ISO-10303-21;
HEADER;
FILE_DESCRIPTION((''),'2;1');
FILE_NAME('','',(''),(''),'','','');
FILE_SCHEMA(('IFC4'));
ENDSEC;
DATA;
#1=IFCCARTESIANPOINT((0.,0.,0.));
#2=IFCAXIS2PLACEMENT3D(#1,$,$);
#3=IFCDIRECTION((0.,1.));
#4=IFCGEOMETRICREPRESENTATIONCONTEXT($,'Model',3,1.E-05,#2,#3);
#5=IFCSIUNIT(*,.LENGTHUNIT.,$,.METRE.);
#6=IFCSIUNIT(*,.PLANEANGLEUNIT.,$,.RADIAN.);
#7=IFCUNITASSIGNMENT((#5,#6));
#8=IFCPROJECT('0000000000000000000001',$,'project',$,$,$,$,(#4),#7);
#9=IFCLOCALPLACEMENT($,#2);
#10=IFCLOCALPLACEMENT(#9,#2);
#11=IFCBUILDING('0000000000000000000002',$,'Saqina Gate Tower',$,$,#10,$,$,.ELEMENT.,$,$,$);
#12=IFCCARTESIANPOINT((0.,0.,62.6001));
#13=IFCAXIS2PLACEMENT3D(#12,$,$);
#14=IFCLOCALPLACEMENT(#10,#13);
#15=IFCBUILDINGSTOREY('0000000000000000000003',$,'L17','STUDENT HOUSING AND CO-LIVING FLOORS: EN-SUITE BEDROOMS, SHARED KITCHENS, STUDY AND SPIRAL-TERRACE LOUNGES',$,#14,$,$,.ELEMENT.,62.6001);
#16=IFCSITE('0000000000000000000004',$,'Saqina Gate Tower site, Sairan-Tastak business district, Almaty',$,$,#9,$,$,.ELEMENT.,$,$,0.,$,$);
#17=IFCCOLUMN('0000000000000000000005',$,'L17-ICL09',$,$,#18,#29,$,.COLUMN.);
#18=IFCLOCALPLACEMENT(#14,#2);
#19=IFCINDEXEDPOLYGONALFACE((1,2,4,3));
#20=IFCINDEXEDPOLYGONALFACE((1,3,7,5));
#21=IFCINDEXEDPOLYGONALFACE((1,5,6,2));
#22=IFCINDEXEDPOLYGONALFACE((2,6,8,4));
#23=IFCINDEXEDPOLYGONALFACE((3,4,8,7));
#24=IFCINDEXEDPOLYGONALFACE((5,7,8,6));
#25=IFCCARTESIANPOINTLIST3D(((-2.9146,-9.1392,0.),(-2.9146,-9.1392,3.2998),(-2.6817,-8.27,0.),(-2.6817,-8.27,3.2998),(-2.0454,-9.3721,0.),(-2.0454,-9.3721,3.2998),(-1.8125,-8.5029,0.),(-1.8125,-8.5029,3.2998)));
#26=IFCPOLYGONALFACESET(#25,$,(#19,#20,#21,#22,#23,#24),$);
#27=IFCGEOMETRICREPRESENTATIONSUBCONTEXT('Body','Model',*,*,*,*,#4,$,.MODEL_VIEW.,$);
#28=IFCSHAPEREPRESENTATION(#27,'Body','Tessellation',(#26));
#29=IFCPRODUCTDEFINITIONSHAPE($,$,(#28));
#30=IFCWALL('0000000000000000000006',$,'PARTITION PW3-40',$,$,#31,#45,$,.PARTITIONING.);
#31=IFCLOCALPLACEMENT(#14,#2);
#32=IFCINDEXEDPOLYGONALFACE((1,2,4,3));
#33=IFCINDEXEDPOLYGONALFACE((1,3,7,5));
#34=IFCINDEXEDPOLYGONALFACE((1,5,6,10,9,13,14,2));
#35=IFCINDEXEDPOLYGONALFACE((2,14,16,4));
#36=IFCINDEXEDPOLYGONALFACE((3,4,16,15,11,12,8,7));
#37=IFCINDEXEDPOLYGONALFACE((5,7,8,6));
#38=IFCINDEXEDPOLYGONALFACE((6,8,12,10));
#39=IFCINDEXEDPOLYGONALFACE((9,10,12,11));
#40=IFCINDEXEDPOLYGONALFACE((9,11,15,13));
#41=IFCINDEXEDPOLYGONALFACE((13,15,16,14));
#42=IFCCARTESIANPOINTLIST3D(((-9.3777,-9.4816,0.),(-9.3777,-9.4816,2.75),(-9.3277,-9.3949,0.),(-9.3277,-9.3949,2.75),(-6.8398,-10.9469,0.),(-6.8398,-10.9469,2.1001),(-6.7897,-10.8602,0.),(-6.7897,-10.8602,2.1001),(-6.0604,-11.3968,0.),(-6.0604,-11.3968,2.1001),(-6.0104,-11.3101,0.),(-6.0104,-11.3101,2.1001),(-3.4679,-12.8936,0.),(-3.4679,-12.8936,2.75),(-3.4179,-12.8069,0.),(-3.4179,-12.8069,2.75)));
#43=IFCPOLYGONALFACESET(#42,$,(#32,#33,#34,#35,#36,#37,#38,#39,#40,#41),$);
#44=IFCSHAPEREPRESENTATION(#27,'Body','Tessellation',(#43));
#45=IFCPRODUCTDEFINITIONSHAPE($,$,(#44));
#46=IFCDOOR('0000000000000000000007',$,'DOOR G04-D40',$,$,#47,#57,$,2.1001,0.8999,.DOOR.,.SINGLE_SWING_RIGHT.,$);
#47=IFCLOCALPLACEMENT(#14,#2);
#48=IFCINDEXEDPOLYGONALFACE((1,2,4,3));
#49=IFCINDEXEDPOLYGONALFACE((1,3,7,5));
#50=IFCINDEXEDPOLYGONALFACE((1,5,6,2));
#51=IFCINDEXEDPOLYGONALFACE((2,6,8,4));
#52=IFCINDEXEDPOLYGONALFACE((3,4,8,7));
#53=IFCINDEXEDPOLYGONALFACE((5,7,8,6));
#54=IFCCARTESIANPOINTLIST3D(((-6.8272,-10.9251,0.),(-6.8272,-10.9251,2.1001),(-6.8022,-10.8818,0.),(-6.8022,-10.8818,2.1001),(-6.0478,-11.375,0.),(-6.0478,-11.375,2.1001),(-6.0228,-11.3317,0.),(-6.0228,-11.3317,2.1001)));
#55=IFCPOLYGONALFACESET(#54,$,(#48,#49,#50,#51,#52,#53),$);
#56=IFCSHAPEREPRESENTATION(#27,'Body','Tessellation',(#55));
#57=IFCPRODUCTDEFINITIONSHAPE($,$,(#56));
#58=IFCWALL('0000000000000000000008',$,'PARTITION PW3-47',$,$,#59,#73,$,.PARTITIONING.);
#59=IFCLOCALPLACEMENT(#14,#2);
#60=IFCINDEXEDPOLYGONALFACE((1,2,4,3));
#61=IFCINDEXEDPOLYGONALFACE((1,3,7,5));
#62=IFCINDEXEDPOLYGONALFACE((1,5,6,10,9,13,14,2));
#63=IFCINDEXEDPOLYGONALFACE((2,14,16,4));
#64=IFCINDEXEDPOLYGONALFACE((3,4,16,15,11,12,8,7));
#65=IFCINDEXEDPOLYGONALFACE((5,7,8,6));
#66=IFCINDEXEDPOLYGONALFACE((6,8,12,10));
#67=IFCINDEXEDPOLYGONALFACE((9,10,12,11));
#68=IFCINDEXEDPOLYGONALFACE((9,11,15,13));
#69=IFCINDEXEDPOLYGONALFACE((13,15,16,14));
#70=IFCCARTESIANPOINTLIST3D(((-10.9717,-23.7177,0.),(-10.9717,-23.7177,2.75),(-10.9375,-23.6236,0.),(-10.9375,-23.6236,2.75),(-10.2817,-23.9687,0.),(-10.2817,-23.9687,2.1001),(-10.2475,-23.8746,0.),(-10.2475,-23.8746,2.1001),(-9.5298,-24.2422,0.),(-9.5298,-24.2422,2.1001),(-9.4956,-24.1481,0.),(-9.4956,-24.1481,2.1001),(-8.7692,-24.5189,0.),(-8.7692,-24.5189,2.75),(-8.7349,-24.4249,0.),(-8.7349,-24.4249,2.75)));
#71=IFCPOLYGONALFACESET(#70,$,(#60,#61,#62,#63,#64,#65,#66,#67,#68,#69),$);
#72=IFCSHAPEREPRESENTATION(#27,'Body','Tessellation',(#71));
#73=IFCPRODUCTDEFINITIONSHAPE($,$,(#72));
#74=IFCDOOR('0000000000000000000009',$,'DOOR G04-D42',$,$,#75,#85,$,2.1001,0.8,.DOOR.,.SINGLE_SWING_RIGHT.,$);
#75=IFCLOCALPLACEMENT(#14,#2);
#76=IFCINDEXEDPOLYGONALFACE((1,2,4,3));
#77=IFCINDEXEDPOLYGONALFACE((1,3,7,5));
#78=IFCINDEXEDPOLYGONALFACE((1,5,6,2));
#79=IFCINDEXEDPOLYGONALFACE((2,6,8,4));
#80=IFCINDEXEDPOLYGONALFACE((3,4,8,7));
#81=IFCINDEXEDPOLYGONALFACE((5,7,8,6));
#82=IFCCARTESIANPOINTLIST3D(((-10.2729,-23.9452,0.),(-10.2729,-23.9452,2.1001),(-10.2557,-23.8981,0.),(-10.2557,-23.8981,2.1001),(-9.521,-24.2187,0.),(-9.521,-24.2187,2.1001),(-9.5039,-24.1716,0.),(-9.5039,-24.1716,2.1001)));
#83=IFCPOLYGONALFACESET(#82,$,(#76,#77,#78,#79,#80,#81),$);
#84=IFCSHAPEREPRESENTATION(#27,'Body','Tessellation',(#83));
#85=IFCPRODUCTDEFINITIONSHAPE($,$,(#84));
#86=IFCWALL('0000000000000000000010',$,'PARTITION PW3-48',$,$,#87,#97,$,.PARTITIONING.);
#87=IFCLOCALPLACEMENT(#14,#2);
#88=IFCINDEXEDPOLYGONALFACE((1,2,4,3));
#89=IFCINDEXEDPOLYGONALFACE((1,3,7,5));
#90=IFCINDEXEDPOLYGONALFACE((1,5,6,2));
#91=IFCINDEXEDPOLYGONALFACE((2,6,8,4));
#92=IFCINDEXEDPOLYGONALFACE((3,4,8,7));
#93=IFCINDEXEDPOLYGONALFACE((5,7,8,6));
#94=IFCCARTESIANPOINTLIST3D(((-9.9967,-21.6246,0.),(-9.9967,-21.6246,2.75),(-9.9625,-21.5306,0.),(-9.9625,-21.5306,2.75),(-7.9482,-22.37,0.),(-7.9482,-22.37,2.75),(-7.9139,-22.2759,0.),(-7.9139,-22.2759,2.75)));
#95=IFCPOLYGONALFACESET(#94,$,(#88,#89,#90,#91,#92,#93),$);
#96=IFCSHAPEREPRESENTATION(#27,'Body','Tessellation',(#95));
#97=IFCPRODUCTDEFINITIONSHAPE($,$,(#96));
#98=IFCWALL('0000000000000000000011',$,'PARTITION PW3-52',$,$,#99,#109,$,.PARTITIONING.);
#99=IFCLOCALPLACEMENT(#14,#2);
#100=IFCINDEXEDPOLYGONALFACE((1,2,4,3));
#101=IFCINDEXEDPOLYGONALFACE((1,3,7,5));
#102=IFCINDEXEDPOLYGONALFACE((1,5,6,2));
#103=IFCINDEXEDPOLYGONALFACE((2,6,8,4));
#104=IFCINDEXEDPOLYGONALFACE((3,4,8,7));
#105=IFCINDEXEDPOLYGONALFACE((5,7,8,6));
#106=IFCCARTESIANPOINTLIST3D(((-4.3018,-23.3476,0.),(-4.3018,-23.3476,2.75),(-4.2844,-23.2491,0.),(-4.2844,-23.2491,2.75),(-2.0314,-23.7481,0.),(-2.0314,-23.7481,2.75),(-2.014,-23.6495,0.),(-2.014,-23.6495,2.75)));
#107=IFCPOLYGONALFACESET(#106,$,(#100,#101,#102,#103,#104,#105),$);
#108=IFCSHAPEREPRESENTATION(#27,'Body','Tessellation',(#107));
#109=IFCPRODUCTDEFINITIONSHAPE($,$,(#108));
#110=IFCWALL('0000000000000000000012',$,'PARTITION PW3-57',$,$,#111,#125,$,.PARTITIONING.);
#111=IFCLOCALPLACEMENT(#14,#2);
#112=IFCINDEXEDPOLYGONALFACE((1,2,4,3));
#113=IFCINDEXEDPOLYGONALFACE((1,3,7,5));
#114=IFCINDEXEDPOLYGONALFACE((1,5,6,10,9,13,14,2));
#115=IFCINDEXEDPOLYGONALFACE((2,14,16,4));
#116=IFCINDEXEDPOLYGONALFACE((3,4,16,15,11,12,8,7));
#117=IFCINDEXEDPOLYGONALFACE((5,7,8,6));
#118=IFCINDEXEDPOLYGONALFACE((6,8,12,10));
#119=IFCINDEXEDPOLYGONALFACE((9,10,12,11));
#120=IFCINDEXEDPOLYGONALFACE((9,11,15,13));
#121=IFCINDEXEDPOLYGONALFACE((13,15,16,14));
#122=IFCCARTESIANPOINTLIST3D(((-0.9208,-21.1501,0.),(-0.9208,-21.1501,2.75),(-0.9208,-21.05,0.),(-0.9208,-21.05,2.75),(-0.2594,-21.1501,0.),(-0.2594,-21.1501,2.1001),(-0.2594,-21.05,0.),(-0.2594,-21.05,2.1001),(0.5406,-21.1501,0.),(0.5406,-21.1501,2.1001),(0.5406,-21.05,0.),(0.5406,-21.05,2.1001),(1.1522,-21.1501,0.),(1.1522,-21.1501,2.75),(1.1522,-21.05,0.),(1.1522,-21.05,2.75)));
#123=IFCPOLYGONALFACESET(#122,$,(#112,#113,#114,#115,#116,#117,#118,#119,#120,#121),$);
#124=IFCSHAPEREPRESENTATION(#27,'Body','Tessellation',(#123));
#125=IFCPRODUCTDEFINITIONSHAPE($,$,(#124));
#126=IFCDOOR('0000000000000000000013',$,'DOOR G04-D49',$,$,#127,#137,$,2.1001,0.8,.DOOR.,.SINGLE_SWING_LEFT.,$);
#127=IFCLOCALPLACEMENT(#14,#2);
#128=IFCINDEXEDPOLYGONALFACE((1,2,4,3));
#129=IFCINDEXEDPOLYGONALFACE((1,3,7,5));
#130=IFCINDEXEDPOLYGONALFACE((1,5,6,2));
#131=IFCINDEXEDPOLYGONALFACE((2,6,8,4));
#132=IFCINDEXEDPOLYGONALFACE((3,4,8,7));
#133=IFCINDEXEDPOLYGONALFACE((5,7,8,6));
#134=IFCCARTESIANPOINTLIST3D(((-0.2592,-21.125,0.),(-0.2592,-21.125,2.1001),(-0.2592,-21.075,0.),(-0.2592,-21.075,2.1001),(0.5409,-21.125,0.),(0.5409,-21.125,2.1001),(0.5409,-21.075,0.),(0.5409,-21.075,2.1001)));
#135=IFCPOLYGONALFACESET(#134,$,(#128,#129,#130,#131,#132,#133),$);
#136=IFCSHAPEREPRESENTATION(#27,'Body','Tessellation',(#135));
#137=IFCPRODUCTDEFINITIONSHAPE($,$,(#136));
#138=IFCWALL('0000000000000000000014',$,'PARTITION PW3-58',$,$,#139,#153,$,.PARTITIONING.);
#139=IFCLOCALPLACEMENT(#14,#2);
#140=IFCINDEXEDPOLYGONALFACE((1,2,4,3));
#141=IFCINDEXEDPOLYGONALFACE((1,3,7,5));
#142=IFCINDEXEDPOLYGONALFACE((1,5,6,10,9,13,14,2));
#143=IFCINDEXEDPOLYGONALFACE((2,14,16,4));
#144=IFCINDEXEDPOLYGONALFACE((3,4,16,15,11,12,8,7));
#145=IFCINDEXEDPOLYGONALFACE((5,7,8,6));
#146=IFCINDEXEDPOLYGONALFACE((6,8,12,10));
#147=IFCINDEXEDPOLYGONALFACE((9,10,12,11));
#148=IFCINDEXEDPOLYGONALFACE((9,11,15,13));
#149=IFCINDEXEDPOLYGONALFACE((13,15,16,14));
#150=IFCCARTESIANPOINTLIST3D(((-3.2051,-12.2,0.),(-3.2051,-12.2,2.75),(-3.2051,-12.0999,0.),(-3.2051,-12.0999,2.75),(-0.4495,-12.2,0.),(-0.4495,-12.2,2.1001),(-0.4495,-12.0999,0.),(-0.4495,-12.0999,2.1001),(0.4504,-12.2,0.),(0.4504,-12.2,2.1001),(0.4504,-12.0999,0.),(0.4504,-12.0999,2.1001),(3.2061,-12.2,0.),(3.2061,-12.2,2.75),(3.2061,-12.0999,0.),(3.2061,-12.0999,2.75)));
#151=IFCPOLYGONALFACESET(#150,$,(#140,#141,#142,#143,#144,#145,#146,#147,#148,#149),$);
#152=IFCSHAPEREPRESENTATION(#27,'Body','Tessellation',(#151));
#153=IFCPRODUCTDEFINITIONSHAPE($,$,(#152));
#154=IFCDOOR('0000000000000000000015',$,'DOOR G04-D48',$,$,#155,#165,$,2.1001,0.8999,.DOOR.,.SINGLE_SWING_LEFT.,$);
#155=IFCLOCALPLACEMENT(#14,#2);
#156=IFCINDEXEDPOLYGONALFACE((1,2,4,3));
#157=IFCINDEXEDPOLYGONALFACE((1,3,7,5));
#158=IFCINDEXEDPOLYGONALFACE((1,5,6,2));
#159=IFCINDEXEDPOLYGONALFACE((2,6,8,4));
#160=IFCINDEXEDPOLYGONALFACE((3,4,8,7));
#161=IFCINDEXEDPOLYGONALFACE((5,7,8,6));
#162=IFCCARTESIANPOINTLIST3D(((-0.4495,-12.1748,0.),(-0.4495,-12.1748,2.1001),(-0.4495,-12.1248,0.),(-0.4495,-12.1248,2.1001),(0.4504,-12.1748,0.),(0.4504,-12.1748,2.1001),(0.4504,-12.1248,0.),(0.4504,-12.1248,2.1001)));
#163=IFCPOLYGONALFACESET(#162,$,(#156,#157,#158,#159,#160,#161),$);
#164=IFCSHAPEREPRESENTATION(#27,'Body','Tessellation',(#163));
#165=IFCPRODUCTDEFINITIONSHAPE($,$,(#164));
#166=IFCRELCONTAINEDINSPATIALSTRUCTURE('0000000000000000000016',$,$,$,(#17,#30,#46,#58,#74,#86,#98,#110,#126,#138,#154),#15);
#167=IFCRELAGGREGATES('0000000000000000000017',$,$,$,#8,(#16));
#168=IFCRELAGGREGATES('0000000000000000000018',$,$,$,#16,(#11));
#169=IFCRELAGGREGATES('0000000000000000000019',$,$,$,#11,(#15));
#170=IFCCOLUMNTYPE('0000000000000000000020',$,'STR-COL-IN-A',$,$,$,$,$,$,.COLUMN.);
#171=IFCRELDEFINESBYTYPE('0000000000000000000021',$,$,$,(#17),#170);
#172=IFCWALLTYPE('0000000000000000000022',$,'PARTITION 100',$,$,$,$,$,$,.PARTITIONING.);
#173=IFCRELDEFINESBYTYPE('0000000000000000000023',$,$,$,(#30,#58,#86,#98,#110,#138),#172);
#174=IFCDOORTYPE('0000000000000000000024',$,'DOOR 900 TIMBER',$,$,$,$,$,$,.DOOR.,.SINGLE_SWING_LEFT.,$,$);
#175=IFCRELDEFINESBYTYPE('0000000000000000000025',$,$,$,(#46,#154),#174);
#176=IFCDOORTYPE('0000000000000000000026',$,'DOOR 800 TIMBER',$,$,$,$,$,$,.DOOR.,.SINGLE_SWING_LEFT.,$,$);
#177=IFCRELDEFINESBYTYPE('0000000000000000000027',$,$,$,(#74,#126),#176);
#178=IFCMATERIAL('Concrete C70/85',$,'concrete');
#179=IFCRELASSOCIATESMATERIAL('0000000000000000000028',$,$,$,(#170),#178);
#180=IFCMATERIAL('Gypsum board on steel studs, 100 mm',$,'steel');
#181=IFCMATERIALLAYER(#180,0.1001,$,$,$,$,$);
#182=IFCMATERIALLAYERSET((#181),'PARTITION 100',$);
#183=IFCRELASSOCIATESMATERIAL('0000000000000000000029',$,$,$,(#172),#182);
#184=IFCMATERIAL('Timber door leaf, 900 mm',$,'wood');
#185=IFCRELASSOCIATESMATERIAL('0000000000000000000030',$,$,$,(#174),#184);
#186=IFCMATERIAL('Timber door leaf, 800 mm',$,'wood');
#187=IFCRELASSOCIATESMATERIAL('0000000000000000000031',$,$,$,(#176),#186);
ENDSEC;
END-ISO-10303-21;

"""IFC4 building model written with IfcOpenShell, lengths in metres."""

from ifc_helpers import new_model, si_unit, direction, frame, frame_2d, origin, origin_2d, place, context, subcontext, project, spatial, rectangle, extrude, material, layer, layer_set, material_profile, profile_set, type_object, element, fill, save


model = new_model("IFC4")

# Units and contexts
model_context = context("Model", 3, precision=1e-05, world=origin(), true_north=direction((0.0, 1.0)))
body_context = subcontext(model_context, "Body", "Model", "MODEL_VIEW")
ifc_project = project(units=[si_unit("LENGTHUNIT", "METRE"), si_unit("PLANEANGLEUNIT", "RADIAN")], contexts=[model_context])

# Site, building, storey
site_placement = place(None, origin())
site = spatial("IfcSite", under=ifc_project, at=site_placement, Name="Saqina Gate Tower site, Sairan-Tastak business district, Almaty", CompositionType="ELEMENT", RefElevation=0.0)
building_placement = place(site_placement, origin())
building = spatial("IfcBuilding", under=site, at=building_placement, Name="Saqina Gate Tower", CompositionType="ELEMENT")
storey_placement = place(building_placement, frame((0.0, 0.0, 62.6001)))
storey = spatial("IfcBuildingStorey", under=building, at=storey_placement, Name="L17", Description="STUDENT HOUSING AND CO-LIVING FLOORS: EN-SUITE BEDROOMS, SHARED KITCHENS, STUDY AND SPIRAL-TERRACE LOUNGES", CompositionType="ELEMENT", Elevation=62.6001)

# Column
ifc_material_1 = material(Name="Concrete C70/85", Category="concrete")
ifc_material_profile = material_profile(ifc_material_1, rectangle(XDim=0.8999, YDim=0.8999, at=origin_2d()), Name="RC 900x900")
ifc_profile_set = profile_set([ifc_material_profile], Name="Concrete C70/85")
column_type = type_object("IfcColumnType", Name="STR-COL-IN-A", PredefinedType="COLUMN", material=ifc_profile_set)
column_placement = place(storey_placement, frame((-2.3635, -8.821, 0.0), z_axis=(0.0, 0.0, 1.0), x_axis=(-0.258819, -0.965926, 0.0)))
element("IfcColumn", 1, at=column_placement, inside=storey, type_object=column_type, Name="L17-ICL09", PredefinedType="COLUMN", context=body_context, shape_type="SweptSolid", body=[
    extrude(rectangle(XDim=0.8999, YDim=0.8999, at=origin_2d()), origin(), (0.0, 0.0, 1.0), 3.2998),
])

# Walls, openings, doors
ifc_material_2 = material(Name="Gypsum board on steel studs, 100 mm", Category="steel")
ifc_layer_1 = layer(ifc_material_2, 0.1001)
ifc_layer_set_1 = layer_set([ifc_layer_1], Name="PARTITION 100")
wall_type_1 = type_object("IfcWallType", Name="PARTITION 100", PredefinedType="PARTITIONING", material=ifc_layer_set_1)
wall_1_placement = place(storey_placement, frame((-9.3528, -9.4382, 0.0), z_axis=(0.0, 0.0, 1.0), x_axis=(0.866031, -0.499991, 0.0)))
wall_1 = element("IfcWall", 2, at=wall_1_placement, inside=storey, type_object=wall_type_1, Name="PARTITION PW3-40", PredefinedType="PARTITIONING", context=body_context, shape_type="SweptSolid", body=[
    extrude(rectangle(XDim=6.824, YDim=0.1001, at=frame_2d((3.4121, 0.0))), origin(), (0.0, 0.0, 1.0), 2.75),
])
opening_1_placement = place(wall_1_placement, frame((2.9307, 0.0, 0.0)))
opening_1 = element("IfcOpeningElement", 3, at=opening_1_placement, cuts=wall_1, PredefinedType="OPENING", context=body_context, shape_type="SweptSolid", body=[
    extrude(rectangle(XDim=0.8999, YDim=2.1001, at=frame_2d((0.45, 1.05))), frame((0.0, 0.062, 0.0), z_axis=(0.0, -1.0, 0.0), x_axis=(1.0, 0.0, 0.0)), (0.0, 0.0, 1.0), 0.124),
])
ifc_material_3 = material(Name="Timber door leaf, 900 mm", Category="wood")
door_type_1 = type_object("IfcDoorType", Name="DOOR 900 TIMBER", OperationType="SINGLE_SWING_LEFT", PredefinedType="DOOR", material=ifc_material_3)
door_1_placement = place(opening_1_placement, frame((0.8999, 0.0, 0.0), z_axis=(0.0, 0.0, 1.0), x_axis=(-1.0, 0.0, 0.0)))
door_1 = element("IfcDoor", 4, at=door_1_placement, inside=storey, type_object=door_type_1, Name="DOOR G04-D40", OperationType="SINGLE_SWING_RIGHT", OverallHeight=2.1001, OverallWidth=0.8999, PredefinedType="DOOR", context=body_context, shape_type="SweptSolid", body=[
    extrude(rectangle(XDim=0.8999, YDim=2.1001, at=frame_2d((0.45, 1.05))), frame((0.0, 0.0249, 0.0), z_axis=(0.0, -1.0, 0.0), x_axis=(1.0, 0.0, 0.0)), (0.0, 0.0, 1.0), 0.05),
])
fill(opening_1, door_1)
wall_2_placement = place(storey_placement, frame((-10.9546, -23.6707, 0.0), z_axis=(0.0, 0.0, 1.0), x_axis=(0.939751, -0.34186, 0.0)))
wall_2 = element("IfcWall", 5, at=wall_2_placement, inside=storey, type_object=wall_type_1, Name="PARTITION PW3-47", PredefinedType="PARTITIONING", context=body_context, shape_type="SweptSolid", body=[
    extrude(rectangle(XDim=2.3438, YDim=0.1001, at=frame_2d((1.1719, 0.0))), origin(), (0.0, 0.0, 1.0), 2.75),
])
opening_2_placement = place(wall_2_placement, frame((0.7344, 0.0, 0.0)))
opening_2 = element("IfcOpeningElement", 6, at=opening_2_placement, cuts=wall_2, PredefinedType="OPENING", context=body_context, shape_type="SweptSolid", body=[
    extrude(rectangle(XDim=0.8, YDim=2.1001, at=frame_2d((0.3999, 1.05))), frame((0.0, 0.062, 0.0), z_axis=(0.0, -1.0, 0.0), x_axis=(1.0, 0.0, 0.0)), (0.0, 0.0, 1.0), 0.124),
])
ifc_material_4 = material(Name="Timber door leaf, 800 mm", Category="wood")
door_type_2 = type_object("IfcDoorType", Name="DOOR 800 TIMBER", OperationType="SINGLE_SWING_LEFT", PredefinedType="DOOR", material=ifc_material_4)
door_2_placement = place(opening_2_placement, frame((0.8, 0.0, 0.0), z_axis=(0.0, 0.0, 1.0), x_axis=(-1.0, 0.0, 0.0)))
door_2 = element("IfcDoor", 7, at=door_2_placement, inside=storey, type_object=door_type_2, Name="DOOR G04-D42", OperationType="SINGLE_SWING_RIGHT", OverallHeight=2.1001, OverallWidth=0.8, PredefinedType="DOOR", context=body_context, shape_type="SweptSolid", body=[
    extrude(rectangle(XDim=0.8, YDim=2.1001, at=frame_2d((0.3999, 1.05))), frame((0.0, 0.0249, 0.0), z_axis=(0.0, -1.0, 0.0), x_axis=(1.0, 0.0, 0.0)), (0.0, 0.0, 1.0), 0.05),
])
fill(opening_2, door_2)

# Walls
wall_3_placement = place(storey_placement, frame((-9.9795, -21.5776, 0.0), z_axis=(0.0, 0.0, 1.0), x_axis=(0.939731, -0.341914, 0.0)))
element("IfcWall", 8, at=wall_3_placement, inside=storey, type_object=wall_type_1, Name="PARTITION PW3-48", PredefinedType="PARTITIONING", context=body_context, shape_type="SweptSolid", body=[
    extrude(rectangle(XDim=2.1799, YDim=0.1001, at=frame_2d((1.0898, 0.0))), origin(), (0.0, 0.0, 1.0), 2.75),
])
wall_4_placement = place(storey_placement, frame((-4.2932, -23.2983, 0.0), z_axis=(0.0, 0.0, 1.0), x_axis=(0.984802, -0.173683, 0.0)))
element("IfcWall", 9, at=wall_4_placement, inside=storey, type_object=wall_type_1, Name="PARTITION PW3-52", PredefinedType="PARTITIONING", context=body_context, shape_type="SweptSolid", body=[
    extrude(rectangle(XDim=2.3054, YDim=0.1001, at=frame_2d((1.1528, 0.0))), origin(), (0.0, 0.0, 1.0), 2.75),
])

# Walls, openings, doors
wall_5_placement = place(storey_placement, frame((-0.9209, -21.1001, 0.0), z_axis=(0.0, 0.0, 1.0), x_axis=(1.0, 0.0, 0.0)))
wall_5 = element("IfcWall", 10, at=wall_5_placement, inside=storey, type_object=wall_type_1, Name="PARTITION PW3-57", PredefinedType="PARTITIONING", context=body_context, shape_type="SweptSolid", body=[
    extrude(rectangle(XDim=2.073, YDim=0.1001, at=frame_2d((1.0366, 0.0))), origin(), (0.0, 0.0, 1.0), 2.75),
])
opening_3_placement = place(wall_5_placement, frame((0.6616, 0.0, 0.0)))
opening_3 = element("IfcOpeningElement", 11, at=opening_3_placement, cuts=wall_5, PredefinedType="OPENING", context=body_context, shape_type="SweptSolid", body=[
    extrude(rectangle(XDim=0.8, YDim=2.1001, at=frame_2d((0.3999, 1.05))), frame((0.0, 0.062, 0.0), z_axis=(0.0, -1.0, 0.0), x_axis=(1.0, 0.0, 0.0)), (0.0, 0.0, 1.0), 0.124),
])
door_3_placement = place(opening_3_placement, frame((0.8, 0.0, 0.0), z_axis=(0.0, 0.0, 1.0), x_axis=(-1.0, 0.0, 0.0)))
door_3 = element("IfcDoor", 12, at=door_3_placement, inside=storey, type_object=door_type_2, Name="DOOR G04-D49", OperationType="SINGLE_SWING_LEFT", OverallHeight=2.1001, OverallWidth=0.8, PredefinedType="DOOR", context=body_context, shape_type="SweptSolid", body=[
    extrude(rectangle(XDim=0.8, YDim=2.1001, at=frame_2d((0.3999, 1.05))), frame((0.0, 0.0249, 0.0), z_axis=(0.0, -1.0, 0.0), x_axis=(1.0, 0.0, 0.0)), (0.0, 0.0, 1.0), 0.05),
])
fill(opening_3, door_3)
wall_6_placement = place(storey_placement, frame((-3.2051, -12.1499, 0.0), z_axis=(0.0, 0.0, 1.0), x_axis=(1.0, 0.0, 0.0)))
wall_6 = element("IfcWall", 13, at=wall_6_placement, inside=storey, type_object=wall_type_1, Name="PARTITION PW3-58", PredefinedType="PARTITIONING", context=body_context, shape_type="SweptSolid", body=[
    extrude(rectangle(XDim=6.4111, YDim=0.1001, at=frame_2d((3.2056, 0.0))), origin(), (0.0, 0.0, 1.0), 2.75),
])
opening_4_placement = place(wall_6_placement, frame((2.7556, 0.0, 0.0)))
opening_4 = element("IfcOpeningElement", 14, at=opening_4_placement, cuts=wall_6, PredefinedType="OPENING", context=body_context, shape_type="SweptSolid", body=[
    extrude(rectangle(XDim=0.8999, YDim=2.1001, at=frame_2d((0.45, 1.05))), frame((0.0, 0.062, 0.0), z_axis=(0.0, -1.0, 0.0), x_axis=(1.0, 0.0, 0.0)), (0.0, 0.0, 1.0), 0.124),
])
door_4_placement = place(opening_4_placement, frame((0.8999, 0.0, 0.0), z_axis=(0.0, 0.0, 1.0), x_axis=(-1.0, 0.0, 0.0)))
door_4 = element("IfcDoor", 15, at=door_4_placement, inside=storey, type_object=door_type_1, Name="DOOR G04-D48", OperationType="SINGLE_SWING_LEFT", OverallHeight=2.1001, OverallWidth=0.8999, PredefinedType="DOOR", context=body_context, shape_type="SweptSolid", body=[
    extrude(rectangle(XDim=0.8999, YDim=2.1001, at=frame_2d((0.45, 1.05))), frame((0.0, 0.0249, 0.0), z_axis=(0.0, -1.0, 0.0), x_axis=(1.0, 0.0, 0.0)), (0.0, 0.0, 1.0), 0.05),
])
fill(opening_4, door_4)

save(model, "model.ifc")
